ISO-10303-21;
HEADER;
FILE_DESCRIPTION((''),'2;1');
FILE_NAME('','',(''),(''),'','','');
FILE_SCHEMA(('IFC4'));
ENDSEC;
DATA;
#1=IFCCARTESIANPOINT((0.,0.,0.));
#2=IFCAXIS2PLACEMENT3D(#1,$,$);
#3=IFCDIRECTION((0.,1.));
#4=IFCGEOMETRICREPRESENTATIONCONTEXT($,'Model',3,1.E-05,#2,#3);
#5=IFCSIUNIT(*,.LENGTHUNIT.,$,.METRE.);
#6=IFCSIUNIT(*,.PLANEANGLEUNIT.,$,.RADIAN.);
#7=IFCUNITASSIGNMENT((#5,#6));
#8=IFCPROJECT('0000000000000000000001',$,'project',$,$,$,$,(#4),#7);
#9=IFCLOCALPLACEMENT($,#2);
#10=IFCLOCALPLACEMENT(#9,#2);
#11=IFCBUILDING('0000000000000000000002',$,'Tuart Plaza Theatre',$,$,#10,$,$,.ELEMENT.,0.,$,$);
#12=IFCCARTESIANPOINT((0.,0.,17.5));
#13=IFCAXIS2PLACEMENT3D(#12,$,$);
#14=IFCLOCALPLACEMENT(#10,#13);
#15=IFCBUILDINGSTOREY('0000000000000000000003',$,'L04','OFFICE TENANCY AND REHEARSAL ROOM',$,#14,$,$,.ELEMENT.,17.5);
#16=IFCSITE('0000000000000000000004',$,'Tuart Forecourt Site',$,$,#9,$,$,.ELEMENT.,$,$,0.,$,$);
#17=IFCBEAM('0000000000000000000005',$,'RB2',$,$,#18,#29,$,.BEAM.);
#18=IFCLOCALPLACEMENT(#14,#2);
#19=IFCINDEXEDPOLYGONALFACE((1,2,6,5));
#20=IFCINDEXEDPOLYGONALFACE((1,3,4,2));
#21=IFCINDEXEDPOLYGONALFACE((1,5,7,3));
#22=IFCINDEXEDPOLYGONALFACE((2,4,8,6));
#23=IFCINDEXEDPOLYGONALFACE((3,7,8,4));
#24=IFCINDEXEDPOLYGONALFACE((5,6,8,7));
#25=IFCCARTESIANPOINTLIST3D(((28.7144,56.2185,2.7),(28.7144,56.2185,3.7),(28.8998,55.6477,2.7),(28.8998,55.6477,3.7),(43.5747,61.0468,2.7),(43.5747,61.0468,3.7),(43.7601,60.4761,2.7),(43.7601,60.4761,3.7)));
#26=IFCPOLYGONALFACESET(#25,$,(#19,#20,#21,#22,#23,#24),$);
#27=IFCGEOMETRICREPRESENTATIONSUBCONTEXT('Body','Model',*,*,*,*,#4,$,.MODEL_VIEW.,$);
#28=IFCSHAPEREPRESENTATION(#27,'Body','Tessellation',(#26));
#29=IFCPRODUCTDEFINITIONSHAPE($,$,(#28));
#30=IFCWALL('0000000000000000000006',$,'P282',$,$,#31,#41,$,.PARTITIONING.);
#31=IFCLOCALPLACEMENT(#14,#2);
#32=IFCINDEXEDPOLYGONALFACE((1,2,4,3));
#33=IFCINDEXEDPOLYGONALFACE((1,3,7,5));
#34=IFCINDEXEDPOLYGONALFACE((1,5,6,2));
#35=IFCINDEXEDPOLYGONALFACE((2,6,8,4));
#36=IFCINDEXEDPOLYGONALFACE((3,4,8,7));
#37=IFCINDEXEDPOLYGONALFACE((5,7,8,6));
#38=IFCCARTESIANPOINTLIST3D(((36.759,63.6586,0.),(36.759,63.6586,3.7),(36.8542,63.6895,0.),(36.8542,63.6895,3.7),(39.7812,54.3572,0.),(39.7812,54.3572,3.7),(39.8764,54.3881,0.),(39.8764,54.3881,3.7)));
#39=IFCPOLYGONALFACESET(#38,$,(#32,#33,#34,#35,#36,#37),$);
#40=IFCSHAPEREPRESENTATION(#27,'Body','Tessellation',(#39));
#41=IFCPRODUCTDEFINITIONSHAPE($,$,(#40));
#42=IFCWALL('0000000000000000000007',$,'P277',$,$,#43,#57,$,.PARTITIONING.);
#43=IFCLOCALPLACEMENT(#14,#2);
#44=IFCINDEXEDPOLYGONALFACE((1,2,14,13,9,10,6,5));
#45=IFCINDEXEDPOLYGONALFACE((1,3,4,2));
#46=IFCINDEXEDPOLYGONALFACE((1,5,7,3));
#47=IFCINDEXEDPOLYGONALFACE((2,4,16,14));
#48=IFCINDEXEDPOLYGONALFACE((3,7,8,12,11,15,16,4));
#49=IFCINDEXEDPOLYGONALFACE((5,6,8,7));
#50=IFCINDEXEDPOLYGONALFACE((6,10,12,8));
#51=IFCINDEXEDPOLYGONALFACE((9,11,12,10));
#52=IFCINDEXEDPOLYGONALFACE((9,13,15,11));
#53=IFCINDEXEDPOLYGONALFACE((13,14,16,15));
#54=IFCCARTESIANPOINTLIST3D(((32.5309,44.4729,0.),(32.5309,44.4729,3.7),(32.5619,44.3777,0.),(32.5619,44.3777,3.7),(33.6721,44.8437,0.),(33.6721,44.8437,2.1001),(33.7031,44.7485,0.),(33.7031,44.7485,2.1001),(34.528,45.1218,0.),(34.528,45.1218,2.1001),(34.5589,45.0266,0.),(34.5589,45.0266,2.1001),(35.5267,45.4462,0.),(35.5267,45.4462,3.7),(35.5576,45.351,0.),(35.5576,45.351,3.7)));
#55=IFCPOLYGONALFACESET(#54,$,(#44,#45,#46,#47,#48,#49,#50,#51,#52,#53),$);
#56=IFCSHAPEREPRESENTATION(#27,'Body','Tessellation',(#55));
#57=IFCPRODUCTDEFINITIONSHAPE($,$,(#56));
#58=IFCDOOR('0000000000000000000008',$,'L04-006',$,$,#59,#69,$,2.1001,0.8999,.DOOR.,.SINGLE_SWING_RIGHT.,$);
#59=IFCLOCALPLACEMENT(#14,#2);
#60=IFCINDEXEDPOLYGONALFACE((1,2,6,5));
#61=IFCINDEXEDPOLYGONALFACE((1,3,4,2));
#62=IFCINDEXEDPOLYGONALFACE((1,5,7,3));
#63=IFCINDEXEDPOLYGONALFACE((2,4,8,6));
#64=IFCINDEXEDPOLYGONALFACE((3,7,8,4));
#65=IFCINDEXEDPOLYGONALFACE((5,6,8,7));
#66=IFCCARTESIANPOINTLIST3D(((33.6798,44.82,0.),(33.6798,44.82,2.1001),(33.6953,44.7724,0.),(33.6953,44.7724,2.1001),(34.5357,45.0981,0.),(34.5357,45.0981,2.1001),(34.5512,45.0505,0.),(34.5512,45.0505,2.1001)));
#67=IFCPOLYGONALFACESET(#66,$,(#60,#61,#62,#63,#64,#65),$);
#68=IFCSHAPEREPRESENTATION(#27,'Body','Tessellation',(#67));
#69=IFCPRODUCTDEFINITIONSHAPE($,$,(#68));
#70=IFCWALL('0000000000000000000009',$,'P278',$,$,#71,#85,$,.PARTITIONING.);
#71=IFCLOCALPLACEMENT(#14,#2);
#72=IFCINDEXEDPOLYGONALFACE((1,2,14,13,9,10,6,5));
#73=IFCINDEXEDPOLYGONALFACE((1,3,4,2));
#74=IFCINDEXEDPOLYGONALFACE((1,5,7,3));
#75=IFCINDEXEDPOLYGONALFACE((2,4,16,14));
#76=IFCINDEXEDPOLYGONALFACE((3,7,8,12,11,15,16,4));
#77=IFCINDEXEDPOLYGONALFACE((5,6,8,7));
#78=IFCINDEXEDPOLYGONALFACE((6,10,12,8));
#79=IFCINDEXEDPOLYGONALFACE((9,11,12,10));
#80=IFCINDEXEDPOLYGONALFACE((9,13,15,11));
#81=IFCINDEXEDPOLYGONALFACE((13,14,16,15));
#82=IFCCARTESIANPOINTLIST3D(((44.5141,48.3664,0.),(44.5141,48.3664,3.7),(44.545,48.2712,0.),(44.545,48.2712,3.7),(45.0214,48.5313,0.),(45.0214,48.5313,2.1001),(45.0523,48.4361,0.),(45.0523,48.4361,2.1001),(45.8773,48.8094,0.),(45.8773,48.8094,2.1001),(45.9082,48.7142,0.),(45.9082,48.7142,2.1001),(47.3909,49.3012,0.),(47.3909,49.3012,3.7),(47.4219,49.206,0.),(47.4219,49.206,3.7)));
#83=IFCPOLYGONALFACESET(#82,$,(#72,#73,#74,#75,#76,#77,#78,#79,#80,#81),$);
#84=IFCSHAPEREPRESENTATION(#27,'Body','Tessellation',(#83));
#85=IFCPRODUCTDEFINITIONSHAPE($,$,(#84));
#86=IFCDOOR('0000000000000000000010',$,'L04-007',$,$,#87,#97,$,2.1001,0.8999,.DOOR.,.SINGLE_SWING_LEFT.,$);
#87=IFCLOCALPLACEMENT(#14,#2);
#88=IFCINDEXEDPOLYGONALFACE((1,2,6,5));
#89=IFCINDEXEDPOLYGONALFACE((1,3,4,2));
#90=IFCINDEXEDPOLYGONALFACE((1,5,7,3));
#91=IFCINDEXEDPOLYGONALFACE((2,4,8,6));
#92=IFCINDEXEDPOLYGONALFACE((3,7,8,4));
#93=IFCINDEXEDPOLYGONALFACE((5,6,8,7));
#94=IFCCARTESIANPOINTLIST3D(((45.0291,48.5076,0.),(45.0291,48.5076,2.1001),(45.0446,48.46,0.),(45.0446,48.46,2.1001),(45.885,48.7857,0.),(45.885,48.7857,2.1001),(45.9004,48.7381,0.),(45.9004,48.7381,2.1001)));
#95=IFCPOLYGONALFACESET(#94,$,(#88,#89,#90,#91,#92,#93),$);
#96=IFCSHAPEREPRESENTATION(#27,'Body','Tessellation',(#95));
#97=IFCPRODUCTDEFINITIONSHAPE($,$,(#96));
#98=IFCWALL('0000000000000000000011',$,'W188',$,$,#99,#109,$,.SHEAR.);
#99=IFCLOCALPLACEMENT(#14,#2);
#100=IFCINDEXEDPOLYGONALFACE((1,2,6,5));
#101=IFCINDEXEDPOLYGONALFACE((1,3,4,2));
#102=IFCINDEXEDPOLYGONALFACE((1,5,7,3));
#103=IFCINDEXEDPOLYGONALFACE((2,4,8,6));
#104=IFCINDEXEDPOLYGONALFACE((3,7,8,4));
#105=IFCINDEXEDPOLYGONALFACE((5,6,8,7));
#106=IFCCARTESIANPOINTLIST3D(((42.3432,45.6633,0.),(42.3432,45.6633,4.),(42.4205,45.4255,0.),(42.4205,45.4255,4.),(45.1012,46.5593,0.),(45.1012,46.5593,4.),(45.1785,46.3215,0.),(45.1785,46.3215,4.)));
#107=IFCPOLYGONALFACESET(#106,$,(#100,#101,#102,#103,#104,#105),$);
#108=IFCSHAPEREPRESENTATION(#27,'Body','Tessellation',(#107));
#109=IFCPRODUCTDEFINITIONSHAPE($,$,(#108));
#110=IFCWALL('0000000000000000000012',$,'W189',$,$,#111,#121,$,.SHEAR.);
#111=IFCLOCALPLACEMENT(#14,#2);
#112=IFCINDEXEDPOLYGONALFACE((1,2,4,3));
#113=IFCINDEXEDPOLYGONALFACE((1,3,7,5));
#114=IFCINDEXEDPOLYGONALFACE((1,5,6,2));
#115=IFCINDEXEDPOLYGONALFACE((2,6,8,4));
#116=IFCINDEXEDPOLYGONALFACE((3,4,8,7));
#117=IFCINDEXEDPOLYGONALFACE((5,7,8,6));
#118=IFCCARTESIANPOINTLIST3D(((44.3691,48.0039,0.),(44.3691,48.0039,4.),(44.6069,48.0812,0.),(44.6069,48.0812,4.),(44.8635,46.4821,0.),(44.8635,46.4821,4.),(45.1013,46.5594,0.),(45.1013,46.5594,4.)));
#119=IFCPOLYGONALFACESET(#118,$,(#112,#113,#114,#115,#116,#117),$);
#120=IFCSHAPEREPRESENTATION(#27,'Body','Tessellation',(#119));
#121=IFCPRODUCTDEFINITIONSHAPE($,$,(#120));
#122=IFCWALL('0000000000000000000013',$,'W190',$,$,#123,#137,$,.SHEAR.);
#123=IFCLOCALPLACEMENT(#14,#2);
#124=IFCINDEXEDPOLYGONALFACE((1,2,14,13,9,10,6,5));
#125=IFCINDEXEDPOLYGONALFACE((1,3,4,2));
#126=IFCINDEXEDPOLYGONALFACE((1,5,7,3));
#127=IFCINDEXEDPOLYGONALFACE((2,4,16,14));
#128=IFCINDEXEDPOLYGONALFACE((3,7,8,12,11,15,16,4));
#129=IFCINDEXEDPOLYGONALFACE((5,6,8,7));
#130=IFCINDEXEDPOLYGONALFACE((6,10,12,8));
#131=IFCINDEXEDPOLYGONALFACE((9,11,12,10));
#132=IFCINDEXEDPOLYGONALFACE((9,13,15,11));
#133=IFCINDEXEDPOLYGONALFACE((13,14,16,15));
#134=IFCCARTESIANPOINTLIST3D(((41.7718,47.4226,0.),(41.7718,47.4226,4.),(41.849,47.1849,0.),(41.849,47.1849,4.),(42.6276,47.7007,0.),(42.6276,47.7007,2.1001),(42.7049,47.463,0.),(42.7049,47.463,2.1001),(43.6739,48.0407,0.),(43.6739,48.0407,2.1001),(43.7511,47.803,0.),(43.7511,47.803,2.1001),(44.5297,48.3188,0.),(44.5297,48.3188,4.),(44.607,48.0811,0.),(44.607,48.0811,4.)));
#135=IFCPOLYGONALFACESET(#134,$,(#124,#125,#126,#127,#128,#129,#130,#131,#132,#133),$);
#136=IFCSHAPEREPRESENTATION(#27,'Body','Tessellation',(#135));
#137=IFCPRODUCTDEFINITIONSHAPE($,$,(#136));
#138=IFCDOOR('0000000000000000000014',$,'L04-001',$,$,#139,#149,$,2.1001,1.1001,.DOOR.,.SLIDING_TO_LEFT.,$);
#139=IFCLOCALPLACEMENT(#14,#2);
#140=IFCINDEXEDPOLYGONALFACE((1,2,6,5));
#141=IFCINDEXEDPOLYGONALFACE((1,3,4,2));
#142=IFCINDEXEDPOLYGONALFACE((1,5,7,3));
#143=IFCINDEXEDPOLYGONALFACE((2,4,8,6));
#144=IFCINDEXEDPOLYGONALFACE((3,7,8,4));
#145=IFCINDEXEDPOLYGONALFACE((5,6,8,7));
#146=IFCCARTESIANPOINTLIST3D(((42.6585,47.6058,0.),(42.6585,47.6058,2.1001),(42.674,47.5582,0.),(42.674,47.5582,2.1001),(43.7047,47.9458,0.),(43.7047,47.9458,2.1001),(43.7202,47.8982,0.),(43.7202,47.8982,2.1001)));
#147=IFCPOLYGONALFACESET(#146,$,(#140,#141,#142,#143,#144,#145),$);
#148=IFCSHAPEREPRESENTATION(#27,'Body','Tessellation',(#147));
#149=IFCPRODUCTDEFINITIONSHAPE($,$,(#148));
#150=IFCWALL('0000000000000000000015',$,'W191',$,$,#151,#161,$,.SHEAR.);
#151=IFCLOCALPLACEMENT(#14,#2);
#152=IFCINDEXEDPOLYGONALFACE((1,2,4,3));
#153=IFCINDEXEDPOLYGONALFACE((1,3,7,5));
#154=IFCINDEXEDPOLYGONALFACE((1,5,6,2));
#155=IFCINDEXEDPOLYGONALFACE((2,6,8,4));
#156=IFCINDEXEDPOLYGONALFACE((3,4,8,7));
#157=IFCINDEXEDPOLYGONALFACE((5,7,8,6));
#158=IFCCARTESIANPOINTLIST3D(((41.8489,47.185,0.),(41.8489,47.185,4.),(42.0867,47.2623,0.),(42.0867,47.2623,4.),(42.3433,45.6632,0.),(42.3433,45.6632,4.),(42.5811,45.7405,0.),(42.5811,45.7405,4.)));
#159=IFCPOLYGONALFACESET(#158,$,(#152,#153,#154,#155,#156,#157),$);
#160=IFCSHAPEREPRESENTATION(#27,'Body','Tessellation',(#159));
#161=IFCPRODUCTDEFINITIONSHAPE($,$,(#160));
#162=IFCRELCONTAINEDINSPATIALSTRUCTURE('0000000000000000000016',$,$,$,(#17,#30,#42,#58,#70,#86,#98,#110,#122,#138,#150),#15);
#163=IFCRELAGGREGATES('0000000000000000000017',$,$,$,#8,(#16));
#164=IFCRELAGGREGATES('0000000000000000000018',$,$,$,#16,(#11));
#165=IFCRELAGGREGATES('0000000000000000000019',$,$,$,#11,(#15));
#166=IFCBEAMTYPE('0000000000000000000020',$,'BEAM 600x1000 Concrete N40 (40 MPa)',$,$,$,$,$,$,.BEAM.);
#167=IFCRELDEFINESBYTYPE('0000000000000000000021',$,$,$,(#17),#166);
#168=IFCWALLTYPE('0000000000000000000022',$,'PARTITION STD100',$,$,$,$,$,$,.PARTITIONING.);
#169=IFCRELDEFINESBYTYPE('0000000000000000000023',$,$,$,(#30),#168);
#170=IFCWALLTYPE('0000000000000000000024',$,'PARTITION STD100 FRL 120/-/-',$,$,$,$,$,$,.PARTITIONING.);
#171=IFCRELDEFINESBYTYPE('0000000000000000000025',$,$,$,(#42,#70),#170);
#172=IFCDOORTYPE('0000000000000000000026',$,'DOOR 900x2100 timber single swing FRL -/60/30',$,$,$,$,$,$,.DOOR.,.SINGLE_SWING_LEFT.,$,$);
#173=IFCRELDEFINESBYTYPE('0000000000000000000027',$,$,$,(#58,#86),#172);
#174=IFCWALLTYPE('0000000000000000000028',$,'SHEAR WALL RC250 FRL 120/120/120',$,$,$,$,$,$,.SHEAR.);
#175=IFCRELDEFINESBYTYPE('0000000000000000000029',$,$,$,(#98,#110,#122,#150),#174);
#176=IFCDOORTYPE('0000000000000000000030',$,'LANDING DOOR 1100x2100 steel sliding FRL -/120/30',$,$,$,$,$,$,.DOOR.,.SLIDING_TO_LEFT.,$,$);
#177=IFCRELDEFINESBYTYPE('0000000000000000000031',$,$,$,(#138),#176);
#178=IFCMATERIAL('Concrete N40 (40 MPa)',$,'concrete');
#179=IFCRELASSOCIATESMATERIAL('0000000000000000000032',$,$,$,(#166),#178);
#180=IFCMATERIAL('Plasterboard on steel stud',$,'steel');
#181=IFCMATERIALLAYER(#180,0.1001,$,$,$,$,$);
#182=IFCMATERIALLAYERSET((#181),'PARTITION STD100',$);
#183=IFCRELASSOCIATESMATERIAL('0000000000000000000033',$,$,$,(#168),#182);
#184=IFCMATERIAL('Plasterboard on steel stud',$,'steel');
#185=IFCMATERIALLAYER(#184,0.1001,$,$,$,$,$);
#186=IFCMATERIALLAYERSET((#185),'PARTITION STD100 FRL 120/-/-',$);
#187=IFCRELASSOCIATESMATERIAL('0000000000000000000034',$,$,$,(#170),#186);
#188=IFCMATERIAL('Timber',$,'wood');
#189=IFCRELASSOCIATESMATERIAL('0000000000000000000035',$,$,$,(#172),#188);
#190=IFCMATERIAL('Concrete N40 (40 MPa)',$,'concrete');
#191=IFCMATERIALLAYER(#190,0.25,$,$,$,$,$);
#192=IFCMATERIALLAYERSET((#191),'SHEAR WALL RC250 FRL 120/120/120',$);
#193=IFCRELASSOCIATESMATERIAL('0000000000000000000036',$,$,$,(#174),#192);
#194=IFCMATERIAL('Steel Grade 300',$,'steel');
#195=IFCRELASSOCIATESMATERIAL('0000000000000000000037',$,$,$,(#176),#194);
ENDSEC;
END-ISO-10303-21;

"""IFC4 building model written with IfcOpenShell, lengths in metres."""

from ifc_helpers import new_model, si_unit, direction, frame, frame_2d, origin, origin_2d, place, context, subcontext, project, spatial, rectangle, extrude, material, layer, layer_set, material_profile, profile_set, type_object, element, fill, save


model = new_model("IFC4")

# Units and contexts
model_context = context("Model", 3, precision=1e-05, world=origin(), true_north=direction((0.0, 1.0)))
body_context = subcontext(model_context, "Body", "Model", "MODEL_VIEW")
ifc_project = project(units=[si_unit("LENGTHUNIT", "METRE"), si_unit("PLANEANGLEUNIT", "RADIAN")], contexts=[model_context])

# Site, building, storey
site_placement = place(None, origin())
site = spatial("IfcSite", under=ifc_project, at=site_placement, Name="Tuart Forecourt Site", CompositionType="ELEMENT", RefElevation=0.0)
building_placement = place(site_placement, origin())
building = spatial("IfcBuilding", under=site, at=building_placement, Name="Tuart Plaza Theatre", CompositionType="ELEMENT", ElevationOfRefHeight=0.0)
storey_placement = place(building_placement, frame((0.0, 0.0, 17.5)))
storey = spatial("IfcBuildingStorey", under=building, at=storey_placement, Name="L04", Description="OFFICE TENANCY AND REHEARSAL ROOM", CompositionType="ELEMENT", Elevation=17.5)

# Beam
ifc_material_1 = material(Name="Concrete N40 (40 MPa)", Category="concrete")
ifc_material_profile = material_profile(ifc_material_1, rectangle(XDim=0.6001, YDim=1.0, at=origin_2d()), Name="BEAM 600x1000 Concrete N40 (40 MPa)")
ifc_profile_set = profile_set([ifc_material_profile], Name="Concrete N40 (40 MPa)")
beam_type = type_object("IfcBeamType", Name="BEAM 600x1000 Concrete N40 (40 MPa)", PredefinedType="BEAM", material=ifc_profile_set)
beam_placement = place(storey_placement, frame((28.8071, 55.9331, 3.2), z_axis=(0.951057, 0.309014, 0.0), x_axis=(-0.309014, 0.951057, 0.0)))
element("IfcBeam", 1, at=beam_placement, inside=storey, type_object=beam_type, Name="RB2", PredefinedType="BEAM", context=body_context, shape_type="SweptSolid", body=[
    extrude(rectangle(XDim=0.6001, YDim=1.0, at=origin_2d()), origin(), (0.0, 0.0, 1.0), 15.625),
])

# Wall
ifc_material_2 = material(Name="Plasterboard on steel stud", Category="steel")
ifc_layer_1 = layer(ifc_material_2, 0.1001)
ifc_layer_set_1 = layer_set([ifc_layer_1], Name="PARTITION STD100")
wall_type_1 = type_object("IfcWallType", Name="PARTITION STD100", PredefinedType="PARTITIONING", material=ifc_layer_set_1)
wall_1_placement = place(storey_placement, frame((39.8289, 54.3726, 0.0), z_axis=(0.0, 0.0, 1.0), x_axis=(-0.309022, 0.951055, 0.0)))
element("IfcWall", 2, at=wall_1_placement, inside=storey, type_object=wall_type_1, Name="P282", PredefinedType="PARTITIONING", context=body_context, shape_type="SweptSolid", body=[
    extrude(rectangle(XDim=9.78, YDim=0.1001, at=frame_2d((4.8901, 0.0))), origin(), (0.0, 0.0, 1.0), 3.7),
])

# Walls, openings, doors
ifc_material_3 = material(Name="Plasterboard on steel stud", Category="steel")
ifc_layer_2 = layer(ifc_material_3, 0.1001)
ifc_layer_set_2 = layer_set([ifc_layer_2], Name="PARTITION STD100 FRL 120/-/-")
wall_type_2 = type_object("IfcWallType", Name="PARTITION STD100 FRL 120/-/-", PredefinedType="PARTITIONING", material=ifc_layer_set_2)
wall_2_placement = place(storey_placement, frame((32.5464, 44.4253, 0.0), z_axis=(0.0, 0.0, 1.0), x_axis=(0.951059, 0.309011, 0.0)))
wall_2 = element("IfcWall", 3, at=wall_2_placement, inside=storey, type_object=wall_type_2, Name="P277", PredefinedType="PARTITIONING", context=body_context, shape_type="SweptSolid", body=[
    extrude(rectangle(XDim=3.1499, YDim=0.1001, at=frame_2d((1.575, 0.0))), origin(), (0.0, 0.0, 1.0), 3.7),
])
opening_1_placement = place(wall_2_placement, frame((1.2, 0.0, 0.0)))
opening_1 = element("IfcOpeningElement", 4, at=opening_1_placement, cuts=wall_2, PredefinedType="OPENING", context=body_context, shape_type="SweptSolid", body=[
    extrude(rectangle(XDim=0.8999, YDim=2.1001, at=frame_2d((0.45, 1.05))), frame((0.0, 0.0601, 0.0), z_axis=(0.0, -1.0, 0.0), x_axis=(1.0, 0.0, 0.0)), (0.0, 0.0, 1.0), 0.1201),
])
ifc_material_4 = material(Name="Timber", Category="wood")
door_type_1 = type_object("IfcDoorType", Name="DOOR 900x2100 timber single swing FRL -/60/30", OperationType="SINGLE_SWING_LEFT", PredefinedType="DOOR", material=ifc_material_4)
door_1_placement = place(opening_1_placement, frame((0.8999, 0.0, 0.0), z_axis=(0.0, 0.0, 1.0), x_axis=(-1.0, 0.0, 0.0)))
door_1 = element("IfcDoor", 5, at=door_1_placement, inside=storey, type_object=door_type_1, Name="L04-006", OperationType="SINGLE_SWING_RIGHT", OverallHeight=2.1001, OverallWidth=0.8999, PredefinedType="DOOR", context=body_context, shape_type="SweptSolid", body=[
    extrude(rectangle(XDim=0.8999, YDim=2.1001, at=frame_2d((0.45, 1.05))), frame((0.0, 0.0249, 0.0), z_axis=(0.0, -1.0, 0.0), x_axis=(1.0, 0.0, 0.0)), (0.0, 0.0, 1.0), 0.05),
])
fill(opening_1, door_1)
wall_3_placement = place(storey_placement, frame((44.5295, 48.3188, 0.0), z_axis=(0.0, 0.0, 1.0), x_axis=(0.951053, 0.309028, 0.0)))
wall_3 = element("IfcWall", 6, at=wall_3_placement, inside=storey, type_object=wall_type_2, Name="P278", PredefinedType="PARTITIONING", context=body_context, shape_type="SweptSolid", body=[
    extrude(rectangle(XDim=3.0249, YDim=0.1001, at=frame_2d((1.5125, 0.0))), origin(), (0.0, 0.0, 1.0), 3.7),
])
opening_2_placement = place(wall_3_placement, frame((0.5334, 0.0, 0.0)))
opening_2 = element("IfcOpeningElement", 7, at=opening_2_placement, cuts=wall_3, PredefinedType="OPENING", context=body_context, shape_type="SweptSolid", body=[
    extrude(rectangle(XDim=0.8999, YDim=2.1001, at=frame_2d((0.45, 1.05))), frame((0.0, 0.0601, 0.0), z_axis=(0.0, -1.0, 0.0), x_axis=(1.0, 0.0, 0.0)), (0.0, 0.0, 1.0), 0.1201),
])
door_2_placement = place(opening_2_placement, frame((0.8999, 0.0, 0.0), z_axis=(0.0, 0.0, 1.0), x_axis=(-1.0, 0.0, 0.0)))
door_2 = element("IfcDoor", 8, at=door_2_placement, inside=storey, type_object=door_type_1, Name="L04-007", OperationType="SINGLE_SWING_LEFT", OverallHeight=2.1001, OverallWidth=0.8999, PredefinedType="DOOR", context=body_context, shape_type="SweptSolid", body=[
    extrude(rectangle(XDim=0.8999, YDim=2.1001, at=frame_2d((0.45, 1.05))), frame((0.0, 0.0249, 0.0), z_axis=(0.0, -1.0, 0.0), x_axis=(1.0, 0.0, 0.0)), (0.0, 0.0, 1.0), 0.05),
])
fill(opening_2, door_2)

# Walls
ifc_material_5 = material(Name="Concrete N40 (40 MPa)", Category="concrete")
ifc_layer_3 = layer(ifc_material_5, 0.25)
ifc_layer_set_3 = layer_set([ifc_layer_3], Name="SHEAR WALL RC250 FRL 120/120/120")
wall_type_3 = type_object("IfcWallType", Name="SHEAR WALL RC250 FRL 120/120/120", PredefinedType="SHEAR", material=ifc_layer_set_3)
wall_4_placement = place(storey_placement, frame((42.3818, 45.5444, 0.0), z_axis=(0.0, 0.0, 1.0), x_axis=(0.951072, 0.30897, 0.0)))
element("IfcWall", 9, at=wall_4_placement, inside=storey, type_object=wall_type_3, Name="W188", PredefinedType="SHEAR", context=body_context, shape_type="SweptSolid", body=[
    extrude(rectangle(XDim=2.8999, YDim=0.25, at=frame_2d((1.45, 0.0))), origin(), (0.0, 0.0, 1.0), 4.0),
])
wall_5_placement = place(storey_placement, frame((44.9824, 46.5208, 0.0), z_axis=(0.0, 0.0, 1.0), x_axis=(-0.308986, 0.951067, 0.0)))
element("IfcWall", 10, at=wall_5_placement, inside=storey, type_object=wall_type_3, Name="W189", PredefinedType="SHEAR", context=body_context, shape_type="SweptSolid", body=[
    extrude(rectangle(XDim=1.6001, YDim=0.25, at=frame_2d((0.8, 0.0))), origin(), (0.0, 0.0, 1.0), 4.0),
])

# Wall, opening, door
wall_6_placement = place(storey_placement, frame((44.5684, 48.2, 0.0), z_axis=(0.0, 0.0, 1.0), x_axis=(-0.951047, -0.309046, 0.0)))
wall_6 = element("IfcWall", 11, at=wall_6_placement, inside=storey, type_object=wall_type_3, Name="W190", PredefinedType="SHEAR", context=body_context, shape_type="SweptSolid", body=[
    extrude(rectangle(XDim=2.8999, YDim=0.25, at=frame_2d((1.45, 0.0))), origin(), (0.0, 0.0, 1.0), 4.0),
])
opening_3_placement = place(wall_6_placement, frame((0.8999, 0.0, 0.0)))
opening_3 = element("IfcOpeningElement", 12, at=opening_3_placement, cuts=wall_6, PredefinedType="OPENING", context=body_context, shape_type="SweptSolid", body=[
    extrude(rectangle(XDim=1.1001, YDim=2.1001, at=frame_2d((0.55, 1.05))), frame((0.0, 0.135, 0.0), z_axis=(0.0, -1.0, 0.0), x_axis=(1.0, 0.0, 0.0)), (0.0, 0.0, 1.0), 0.27),
])
ifc_material_6 = material(Name="Steel Grade 300", Category="steel")
door_type_2 = type_object("IfcDoorType", Name="LANDING DOOR 1100x2100 steel sliding FRL -/120/30", OperationType="SLIDING_TO_LEFT", PredefinedType="DOOR", material=ifc_material_6)
door_3_placement = place(opening_3_placement, origin())
door_3 = element("IfcDoor", 13, at=door_3_placement, inside=storey, type_object=door_type_2, Name="L04-001", OperationType="SLIDING_TO_LEFT", OverallHeight=2.1001, OverallWidth=1.1001, PredefinedType="DOOR", context=body_context, shape_type="SweptSolid", body=[
    extrude(rectangle(XDim=1.1001, YDim=2.1001, at=frame_2d((0.55, 1.05))), frame((0.0, 0.0249, 0.0), z_axis=(0.0, -1.0, 0.0), x_axis=(1.0, 0.0, 0.0)), (0.0, 0.0, 1.0), 0.05),
])
fill(opening_3, door_3)

# Wall
wall_7_placement = place(storey_placement, frame((41.9678, 47.2236, 0.0), z_axis=(0.0, 0.0, 1.0), x_axis=(0.308986, -0.951067, 0.0)))
element("IfcWall", 14, at=wall_7_placement, inside=storey, type_object=wall_type_3, Name="W191", PredefinedType="SHEAR", context=body_context, shape_type="SweptSolid", body=[
    extrude(rectangle(XDim=1.6001, YDim=0.25, at=frame_2d((0.8, 0.0))), origin(), (0.0, 0.0, 1.0), 4.0),
])

save(model, "model.ifc")
